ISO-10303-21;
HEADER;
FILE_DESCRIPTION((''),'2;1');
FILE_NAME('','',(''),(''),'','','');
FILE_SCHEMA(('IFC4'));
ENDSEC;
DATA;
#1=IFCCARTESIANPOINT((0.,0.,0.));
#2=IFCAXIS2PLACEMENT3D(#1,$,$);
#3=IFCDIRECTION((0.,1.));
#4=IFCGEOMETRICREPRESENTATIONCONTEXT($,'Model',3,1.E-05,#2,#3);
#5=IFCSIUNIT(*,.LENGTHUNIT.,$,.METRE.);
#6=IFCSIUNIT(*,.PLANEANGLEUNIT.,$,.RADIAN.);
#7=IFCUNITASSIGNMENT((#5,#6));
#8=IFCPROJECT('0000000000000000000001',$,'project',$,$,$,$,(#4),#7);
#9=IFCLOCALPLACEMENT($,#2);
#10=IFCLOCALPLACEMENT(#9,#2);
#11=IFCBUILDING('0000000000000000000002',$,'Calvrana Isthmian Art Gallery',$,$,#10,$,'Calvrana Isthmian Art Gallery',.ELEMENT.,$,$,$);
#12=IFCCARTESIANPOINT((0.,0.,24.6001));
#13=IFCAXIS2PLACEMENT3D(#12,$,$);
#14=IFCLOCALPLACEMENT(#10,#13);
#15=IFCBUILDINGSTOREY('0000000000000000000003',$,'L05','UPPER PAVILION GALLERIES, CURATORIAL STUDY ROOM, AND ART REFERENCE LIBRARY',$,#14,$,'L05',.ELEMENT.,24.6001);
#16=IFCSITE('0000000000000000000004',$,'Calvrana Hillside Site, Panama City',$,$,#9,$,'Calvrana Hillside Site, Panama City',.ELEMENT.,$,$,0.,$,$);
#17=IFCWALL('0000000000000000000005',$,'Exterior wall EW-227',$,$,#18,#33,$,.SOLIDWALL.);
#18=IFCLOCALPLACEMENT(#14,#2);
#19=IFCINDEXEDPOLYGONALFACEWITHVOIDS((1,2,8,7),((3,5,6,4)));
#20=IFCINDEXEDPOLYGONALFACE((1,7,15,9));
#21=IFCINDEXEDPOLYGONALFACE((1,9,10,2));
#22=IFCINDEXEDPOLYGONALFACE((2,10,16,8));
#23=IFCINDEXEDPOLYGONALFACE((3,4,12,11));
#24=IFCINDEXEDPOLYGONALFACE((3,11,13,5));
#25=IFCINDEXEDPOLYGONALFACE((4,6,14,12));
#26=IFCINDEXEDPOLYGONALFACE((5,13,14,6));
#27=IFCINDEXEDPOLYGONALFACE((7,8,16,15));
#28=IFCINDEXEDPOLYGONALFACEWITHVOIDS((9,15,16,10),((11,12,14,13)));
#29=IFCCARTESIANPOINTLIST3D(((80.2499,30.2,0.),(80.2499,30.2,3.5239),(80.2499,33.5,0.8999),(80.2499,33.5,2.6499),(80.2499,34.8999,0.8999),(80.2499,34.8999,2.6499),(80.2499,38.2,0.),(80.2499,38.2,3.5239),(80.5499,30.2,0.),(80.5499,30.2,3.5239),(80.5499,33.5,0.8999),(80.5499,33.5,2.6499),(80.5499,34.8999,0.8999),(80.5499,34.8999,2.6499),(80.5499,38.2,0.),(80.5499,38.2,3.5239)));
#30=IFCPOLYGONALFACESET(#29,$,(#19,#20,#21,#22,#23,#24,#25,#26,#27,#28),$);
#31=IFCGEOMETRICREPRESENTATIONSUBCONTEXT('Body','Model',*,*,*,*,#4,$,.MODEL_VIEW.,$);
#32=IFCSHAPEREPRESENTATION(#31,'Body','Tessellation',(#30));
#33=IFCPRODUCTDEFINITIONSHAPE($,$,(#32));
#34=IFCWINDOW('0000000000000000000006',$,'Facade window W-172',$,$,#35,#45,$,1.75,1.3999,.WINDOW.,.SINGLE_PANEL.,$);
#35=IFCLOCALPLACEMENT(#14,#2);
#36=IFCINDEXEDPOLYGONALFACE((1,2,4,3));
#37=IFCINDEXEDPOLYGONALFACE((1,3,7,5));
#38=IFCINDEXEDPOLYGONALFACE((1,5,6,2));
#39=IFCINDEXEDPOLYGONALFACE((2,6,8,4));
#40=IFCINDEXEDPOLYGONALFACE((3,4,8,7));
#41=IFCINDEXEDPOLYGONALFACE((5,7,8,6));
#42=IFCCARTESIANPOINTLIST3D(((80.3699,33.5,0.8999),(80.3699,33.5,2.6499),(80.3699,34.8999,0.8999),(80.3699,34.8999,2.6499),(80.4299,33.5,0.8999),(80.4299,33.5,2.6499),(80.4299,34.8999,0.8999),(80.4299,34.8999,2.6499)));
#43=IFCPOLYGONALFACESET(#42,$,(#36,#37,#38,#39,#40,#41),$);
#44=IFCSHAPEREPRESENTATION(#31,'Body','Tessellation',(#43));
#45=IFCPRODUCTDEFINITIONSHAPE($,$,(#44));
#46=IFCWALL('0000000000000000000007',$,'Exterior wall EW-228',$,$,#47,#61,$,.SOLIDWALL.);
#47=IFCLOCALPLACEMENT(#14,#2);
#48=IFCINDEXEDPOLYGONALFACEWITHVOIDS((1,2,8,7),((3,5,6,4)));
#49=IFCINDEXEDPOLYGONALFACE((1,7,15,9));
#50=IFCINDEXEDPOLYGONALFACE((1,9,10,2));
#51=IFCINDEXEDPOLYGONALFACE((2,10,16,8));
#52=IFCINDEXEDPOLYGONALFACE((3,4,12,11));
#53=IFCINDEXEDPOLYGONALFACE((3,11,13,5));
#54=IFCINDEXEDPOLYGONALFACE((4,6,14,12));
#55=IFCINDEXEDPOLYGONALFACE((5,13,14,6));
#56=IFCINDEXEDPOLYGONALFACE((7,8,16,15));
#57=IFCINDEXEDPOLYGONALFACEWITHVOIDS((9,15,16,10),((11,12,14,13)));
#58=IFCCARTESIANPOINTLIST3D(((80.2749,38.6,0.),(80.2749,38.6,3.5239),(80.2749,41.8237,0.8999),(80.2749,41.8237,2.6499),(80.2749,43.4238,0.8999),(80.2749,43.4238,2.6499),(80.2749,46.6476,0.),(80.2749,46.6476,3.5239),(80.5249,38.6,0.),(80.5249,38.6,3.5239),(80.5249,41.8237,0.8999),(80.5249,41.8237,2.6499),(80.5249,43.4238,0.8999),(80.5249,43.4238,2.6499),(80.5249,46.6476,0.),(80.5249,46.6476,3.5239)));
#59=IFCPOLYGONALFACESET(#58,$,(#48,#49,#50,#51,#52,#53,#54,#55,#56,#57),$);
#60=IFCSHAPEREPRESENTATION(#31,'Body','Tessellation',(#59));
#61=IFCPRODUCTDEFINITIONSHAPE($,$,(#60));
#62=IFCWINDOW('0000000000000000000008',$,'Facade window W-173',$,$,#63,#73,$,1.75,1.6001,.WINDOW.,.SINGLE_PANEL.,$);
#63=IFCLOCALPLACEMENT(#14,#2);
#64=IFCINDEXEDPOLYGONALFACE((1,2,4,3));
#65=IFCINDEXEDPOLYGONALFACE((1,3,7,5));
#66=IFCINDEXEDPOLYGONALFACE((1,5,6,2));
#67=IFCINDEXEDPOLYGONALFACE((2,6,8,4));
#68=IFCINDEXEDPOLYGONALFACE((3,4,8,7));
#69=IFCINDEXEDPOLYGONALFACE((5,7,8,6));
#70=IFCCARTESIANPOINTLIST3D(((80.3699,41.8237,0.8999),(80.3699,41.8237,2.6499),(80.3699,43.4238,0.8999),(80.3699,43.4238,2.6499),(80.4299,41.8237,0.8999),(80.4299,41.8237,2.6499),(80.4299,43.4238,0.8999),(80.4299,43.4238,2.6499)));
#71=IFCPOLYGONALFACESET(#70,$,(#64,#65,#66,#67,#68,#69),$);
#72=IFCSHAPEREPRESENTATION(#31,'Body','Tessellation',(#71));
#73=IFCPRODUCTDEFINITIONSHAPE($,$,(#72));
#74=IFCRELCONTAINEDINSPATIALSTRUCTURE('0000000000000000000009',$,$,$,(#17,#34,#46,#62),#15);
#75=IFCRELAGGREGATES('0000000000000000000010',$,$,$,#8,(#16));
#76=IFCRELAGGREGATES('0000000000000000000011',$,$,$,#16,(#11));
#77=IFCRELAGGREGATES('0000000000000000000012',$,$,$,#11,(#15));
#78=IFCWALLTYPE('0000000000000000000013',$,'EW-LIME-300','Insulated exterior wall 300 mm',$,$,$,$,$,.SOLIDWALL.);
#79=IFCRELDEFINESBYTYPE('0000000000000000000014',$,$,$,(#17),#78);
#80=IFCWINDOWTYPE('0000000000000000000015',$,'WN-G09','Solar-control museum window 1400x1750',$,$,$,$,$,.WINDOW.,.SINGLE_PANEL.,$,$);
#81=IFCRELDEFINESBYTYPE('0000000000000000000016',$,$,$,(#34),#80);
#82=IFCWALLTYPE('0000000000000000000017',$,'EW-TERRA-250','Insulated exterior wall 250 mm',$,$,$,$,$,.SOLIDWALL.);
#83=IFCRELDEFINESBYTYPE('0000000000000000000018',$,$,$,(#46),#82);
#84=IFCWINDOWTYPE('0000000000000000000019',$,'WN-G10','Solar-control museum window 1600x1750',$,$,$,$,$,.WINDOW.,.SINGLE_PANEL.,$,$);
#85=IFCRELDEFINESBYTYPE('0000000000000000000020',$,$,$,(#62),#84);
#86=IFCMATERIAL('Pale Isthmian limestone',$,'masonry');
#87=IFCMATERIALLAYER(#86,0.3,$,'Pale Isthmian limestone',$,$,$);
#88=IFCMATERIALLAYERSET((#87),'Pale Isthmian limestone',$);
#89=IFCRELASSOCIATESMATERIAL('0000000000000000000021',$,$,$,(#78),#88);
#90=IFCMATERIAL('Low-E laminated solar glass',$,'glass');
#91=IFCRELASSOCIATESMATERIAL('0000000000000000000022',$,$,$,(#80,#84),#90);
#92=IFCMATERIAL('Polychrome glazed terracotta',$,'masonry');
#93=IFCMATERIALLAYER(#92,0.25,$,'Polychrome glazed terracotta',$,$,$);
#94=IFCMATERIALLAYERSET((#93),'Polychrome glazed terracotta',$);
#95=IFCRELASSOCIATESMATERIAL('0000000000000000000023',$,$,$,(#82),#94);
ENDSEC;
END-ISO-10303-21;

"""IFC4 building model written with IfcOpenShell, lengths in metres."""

from ifc_helpers import new_model, si_unit, direction, frame, frame_2d, origin, place, context, subcontext, project, spatial, rectangle, extrude, material, layer, layer_set, type_object, element, fill, save


model = new_model("IFC4")

# Units and contexts
model_context = context("Model", 3, precision=1e-05, world=origin(), true_north=direction((0.0, 1.0)))
body_context = subcontext(model_context, "Body", "Model", "MODEL_VIEW")
ifc_project = project(units=[si_unit("LENGTHUNIT", "METRE"), si_unit("PLANEANGLEUNIT", "RADIAN")], contexts=[model_context])

# Site, building, storey
site_placement = place(None, origin())
site = spatial("IfcSite", under=ifc_project, at=site_placement, Name="Calvrana Hillside Site, Panama City", LongName="Calvrana Hillside Site, Panama City", CompositionType="ELEMENT", RefElevation=0.0)
building_placement = place(site_placement, origin())
building = spatial("IfcBuilding", under=site, at=building_placement, Name="Calvrana Isthmian Art Gallery", LongName="Calvrana Isthmian Art Gallery", CompositionType="ELEMENT")
storey_placement = place(building_placement, frame((0.0, 0.0, 24.6001)))
storey = spatial("IfcBuildingStorey", under=building, at=storey_placement, Name="L05", Description="UPPER PAVILION GALLERIES, CURATORIAL STUDY ROOM, AND ART REFERENCE LIBRARY", LongName="L05", CompositionType="ELEMENT", Elevation=24.6001)

# Walls, openings, windows
ifc_material_1 = material(Name="Low-E laminated solar glass", Category="glass")
ifc_material_2 = material(Name="Pale Isthmian limestone", Category="masonry")
ifc_layer_1 = layer(ifc_material_2, 0.3, Name="Pale Isthmian limestone")
ifc_layer_set_1 = layer_set([ifc_layer_1], Name="Pale Isthmian limestone")
wall_type_1 = type_object("IfcWallType", Name="EW-LIME-300", Description="Insulated exterior wall 300 mm", PredefinedType="SOLIDWALL", material=ifc_layer_set_1)
wall_1_placement = place(storey_placement, frame((80.3999, 38.2, 0.0), z_axis=(0.0, 0.0, 1.0), x_axis=(0.0, -1.0, 0.0)))
wall_1 = element("IfcWall", 1, at=wall_1_placement, inside=storey, type_object=wall_type_1, Name="Exterior wall EW-227", PredefinedType="SOLIDWALL", context=body_context, shape_type="SweptSolid", body=[
    extrude(rectangle(XDim=8.0, YDim=0.3, at=frame_2d((4.0, 0.0))), origin(), (0.0, 0.0, 1.0), 3.5239),
])
opening_1_placement = place(wall_1_placement, frame((3.3, 0.0, 0.8999)))
opening_1 = element("IfcOpeningElement", 2, at=opening_1_placement, cuts=wall_1, PredefinedType="OPENING", context=body_context, shape_type="SweptSolid", body=[
    extrude(rectangle(XDim=1.3999, YDim=1.75, at=frame_2d((0.7, 0.875))), frame((0.0, 0.1602, 0.0), z_axis=(0.0, -1.0, 0.0), x_axis=(1.0, 0.0, 0.0)), (0.0, 0.0, 1.0), 0.3206),
])
window_type_1 = type_object("IfcWindowType", Name="WN-G09", Description="Solar-control museum window 1400x1750", PartitioningType="SINGLE_PANEL", PredefinedType="WINDOW", material=ifc_material_1)
window_1_placement = place(opening_1_placement, origin())
window_1 = element("IfcWindow", 3, at=window_1_placement, inside=storey, type_object=window_type_1, Name="Facade window W-172", OverallHeight=1.75, OverallWidth=1.3999, PartitioningType="SINGLE_PANEL", PredefinedType="WINDOW", context=body_context, shape_type="SweptSolid", body=[
    extrude(rectangle(XDim=1.3999, YDim=1.75, at=frame_2d((0.7, 0.875))), frame((0.0, 0.03, 0.0), z_axis=(0.0, -1.0, 0.0), x_axis=(1.0, 0.0, 0.0)), (0.0, 0.0, 1.0), 0.0601),
])
fill(opening_1, window_1)
ifc_material_3 = material(Name="Polychrome glazed terracotta", Category="masonry")
ifc_layer_2 = layer(ifc_material_3, 0.25, Name="Polychrome glazed terracotta")
ifc_layer_set_2 = layer_set([ifc_layer_2], Name="Polychrome glazed terracotta")
wall_type_2 = type_object("IfcWallType", Name="EW-TERRA-250", Description="Insulated exterior wall 250 mm", PredefinedType="SOLIDWALL", material=ifc_layer_set_2)
wall_2_placement = place(storey_placement, frame((80.3999, 46.6477, 0.0), z_axis=(0.0, 0.0, 1.0), x_axis=(0.0, -1.0, 0.0)))
wall_2 = element("IfcWall", 4, at=wall_2_placement, inside=storey, type_object=wall_type_2, Name="Exterior wall EW-228", PredefinedType="SOLIDWALL", context=body_context, shape_type="SweptSolid", body=[
    extrude(rectangle(XDim=8.0476, YDim=0.25, at=frame_2d((4.0239, 0.0))), origin(), (0.0, 0.0, 1.0), 3.5239),
])
opening_2_placement = place(wall_2_placement, frame((3.2239, 0.0, 0.8999)))
opening_2 = element("IfcOpeningElement", 5, at=opening_2_placement, cuts=wall_2, PredefinedType="OPENING", context=body_context, shape_type="SweptSolid", body=[
    extrude(rectangle(XDim=1.6001, YDim=1.75, at=frame_2d((0.8, 0.875))), frame((0.0, 0.1353, 0.0), z_axis=(0.0, -1.0, 0.0), x_axis=(1.0, 0.0, 0.0)), (0.0, 0.0, 1.0), 0.2705),
])
window_type_2 = type_object("IfcWindowType", Name="WN-G10", Description="Solar-control museum window 1600x1750", PartitioningType="SINGLE_PANEL", PredefinedType="WINDOW", material=ifc_material_1)
window_2_placement = place(opening_2_placement, origin())
window_2 = element("IfcWindow", 6, at=window_2_placement, inside=storey, type_object=window_type_2, Name="Facade window W-173", OverallHeight=1.75, OverallWidth=1.6001, PartitioningType="SINGLE_PANEL", PredefinedType="WINDOW", context=body_context, shape_type="SweptSolid", body=[
    extrude(rectangle(XDim=1.6001, YDim=1.75, at=frame_2d((0.8, 0.875))), frame((0.0, 0.03, 0.0), z_axis=(0.0, -1.0, 0.0), x_axis=(1.0, 0.0, 0.0)), (0.0, 0.0, 1.0), 0.0601),
])
fill(opening_2, window_2)

save(model, "model.ifc")
